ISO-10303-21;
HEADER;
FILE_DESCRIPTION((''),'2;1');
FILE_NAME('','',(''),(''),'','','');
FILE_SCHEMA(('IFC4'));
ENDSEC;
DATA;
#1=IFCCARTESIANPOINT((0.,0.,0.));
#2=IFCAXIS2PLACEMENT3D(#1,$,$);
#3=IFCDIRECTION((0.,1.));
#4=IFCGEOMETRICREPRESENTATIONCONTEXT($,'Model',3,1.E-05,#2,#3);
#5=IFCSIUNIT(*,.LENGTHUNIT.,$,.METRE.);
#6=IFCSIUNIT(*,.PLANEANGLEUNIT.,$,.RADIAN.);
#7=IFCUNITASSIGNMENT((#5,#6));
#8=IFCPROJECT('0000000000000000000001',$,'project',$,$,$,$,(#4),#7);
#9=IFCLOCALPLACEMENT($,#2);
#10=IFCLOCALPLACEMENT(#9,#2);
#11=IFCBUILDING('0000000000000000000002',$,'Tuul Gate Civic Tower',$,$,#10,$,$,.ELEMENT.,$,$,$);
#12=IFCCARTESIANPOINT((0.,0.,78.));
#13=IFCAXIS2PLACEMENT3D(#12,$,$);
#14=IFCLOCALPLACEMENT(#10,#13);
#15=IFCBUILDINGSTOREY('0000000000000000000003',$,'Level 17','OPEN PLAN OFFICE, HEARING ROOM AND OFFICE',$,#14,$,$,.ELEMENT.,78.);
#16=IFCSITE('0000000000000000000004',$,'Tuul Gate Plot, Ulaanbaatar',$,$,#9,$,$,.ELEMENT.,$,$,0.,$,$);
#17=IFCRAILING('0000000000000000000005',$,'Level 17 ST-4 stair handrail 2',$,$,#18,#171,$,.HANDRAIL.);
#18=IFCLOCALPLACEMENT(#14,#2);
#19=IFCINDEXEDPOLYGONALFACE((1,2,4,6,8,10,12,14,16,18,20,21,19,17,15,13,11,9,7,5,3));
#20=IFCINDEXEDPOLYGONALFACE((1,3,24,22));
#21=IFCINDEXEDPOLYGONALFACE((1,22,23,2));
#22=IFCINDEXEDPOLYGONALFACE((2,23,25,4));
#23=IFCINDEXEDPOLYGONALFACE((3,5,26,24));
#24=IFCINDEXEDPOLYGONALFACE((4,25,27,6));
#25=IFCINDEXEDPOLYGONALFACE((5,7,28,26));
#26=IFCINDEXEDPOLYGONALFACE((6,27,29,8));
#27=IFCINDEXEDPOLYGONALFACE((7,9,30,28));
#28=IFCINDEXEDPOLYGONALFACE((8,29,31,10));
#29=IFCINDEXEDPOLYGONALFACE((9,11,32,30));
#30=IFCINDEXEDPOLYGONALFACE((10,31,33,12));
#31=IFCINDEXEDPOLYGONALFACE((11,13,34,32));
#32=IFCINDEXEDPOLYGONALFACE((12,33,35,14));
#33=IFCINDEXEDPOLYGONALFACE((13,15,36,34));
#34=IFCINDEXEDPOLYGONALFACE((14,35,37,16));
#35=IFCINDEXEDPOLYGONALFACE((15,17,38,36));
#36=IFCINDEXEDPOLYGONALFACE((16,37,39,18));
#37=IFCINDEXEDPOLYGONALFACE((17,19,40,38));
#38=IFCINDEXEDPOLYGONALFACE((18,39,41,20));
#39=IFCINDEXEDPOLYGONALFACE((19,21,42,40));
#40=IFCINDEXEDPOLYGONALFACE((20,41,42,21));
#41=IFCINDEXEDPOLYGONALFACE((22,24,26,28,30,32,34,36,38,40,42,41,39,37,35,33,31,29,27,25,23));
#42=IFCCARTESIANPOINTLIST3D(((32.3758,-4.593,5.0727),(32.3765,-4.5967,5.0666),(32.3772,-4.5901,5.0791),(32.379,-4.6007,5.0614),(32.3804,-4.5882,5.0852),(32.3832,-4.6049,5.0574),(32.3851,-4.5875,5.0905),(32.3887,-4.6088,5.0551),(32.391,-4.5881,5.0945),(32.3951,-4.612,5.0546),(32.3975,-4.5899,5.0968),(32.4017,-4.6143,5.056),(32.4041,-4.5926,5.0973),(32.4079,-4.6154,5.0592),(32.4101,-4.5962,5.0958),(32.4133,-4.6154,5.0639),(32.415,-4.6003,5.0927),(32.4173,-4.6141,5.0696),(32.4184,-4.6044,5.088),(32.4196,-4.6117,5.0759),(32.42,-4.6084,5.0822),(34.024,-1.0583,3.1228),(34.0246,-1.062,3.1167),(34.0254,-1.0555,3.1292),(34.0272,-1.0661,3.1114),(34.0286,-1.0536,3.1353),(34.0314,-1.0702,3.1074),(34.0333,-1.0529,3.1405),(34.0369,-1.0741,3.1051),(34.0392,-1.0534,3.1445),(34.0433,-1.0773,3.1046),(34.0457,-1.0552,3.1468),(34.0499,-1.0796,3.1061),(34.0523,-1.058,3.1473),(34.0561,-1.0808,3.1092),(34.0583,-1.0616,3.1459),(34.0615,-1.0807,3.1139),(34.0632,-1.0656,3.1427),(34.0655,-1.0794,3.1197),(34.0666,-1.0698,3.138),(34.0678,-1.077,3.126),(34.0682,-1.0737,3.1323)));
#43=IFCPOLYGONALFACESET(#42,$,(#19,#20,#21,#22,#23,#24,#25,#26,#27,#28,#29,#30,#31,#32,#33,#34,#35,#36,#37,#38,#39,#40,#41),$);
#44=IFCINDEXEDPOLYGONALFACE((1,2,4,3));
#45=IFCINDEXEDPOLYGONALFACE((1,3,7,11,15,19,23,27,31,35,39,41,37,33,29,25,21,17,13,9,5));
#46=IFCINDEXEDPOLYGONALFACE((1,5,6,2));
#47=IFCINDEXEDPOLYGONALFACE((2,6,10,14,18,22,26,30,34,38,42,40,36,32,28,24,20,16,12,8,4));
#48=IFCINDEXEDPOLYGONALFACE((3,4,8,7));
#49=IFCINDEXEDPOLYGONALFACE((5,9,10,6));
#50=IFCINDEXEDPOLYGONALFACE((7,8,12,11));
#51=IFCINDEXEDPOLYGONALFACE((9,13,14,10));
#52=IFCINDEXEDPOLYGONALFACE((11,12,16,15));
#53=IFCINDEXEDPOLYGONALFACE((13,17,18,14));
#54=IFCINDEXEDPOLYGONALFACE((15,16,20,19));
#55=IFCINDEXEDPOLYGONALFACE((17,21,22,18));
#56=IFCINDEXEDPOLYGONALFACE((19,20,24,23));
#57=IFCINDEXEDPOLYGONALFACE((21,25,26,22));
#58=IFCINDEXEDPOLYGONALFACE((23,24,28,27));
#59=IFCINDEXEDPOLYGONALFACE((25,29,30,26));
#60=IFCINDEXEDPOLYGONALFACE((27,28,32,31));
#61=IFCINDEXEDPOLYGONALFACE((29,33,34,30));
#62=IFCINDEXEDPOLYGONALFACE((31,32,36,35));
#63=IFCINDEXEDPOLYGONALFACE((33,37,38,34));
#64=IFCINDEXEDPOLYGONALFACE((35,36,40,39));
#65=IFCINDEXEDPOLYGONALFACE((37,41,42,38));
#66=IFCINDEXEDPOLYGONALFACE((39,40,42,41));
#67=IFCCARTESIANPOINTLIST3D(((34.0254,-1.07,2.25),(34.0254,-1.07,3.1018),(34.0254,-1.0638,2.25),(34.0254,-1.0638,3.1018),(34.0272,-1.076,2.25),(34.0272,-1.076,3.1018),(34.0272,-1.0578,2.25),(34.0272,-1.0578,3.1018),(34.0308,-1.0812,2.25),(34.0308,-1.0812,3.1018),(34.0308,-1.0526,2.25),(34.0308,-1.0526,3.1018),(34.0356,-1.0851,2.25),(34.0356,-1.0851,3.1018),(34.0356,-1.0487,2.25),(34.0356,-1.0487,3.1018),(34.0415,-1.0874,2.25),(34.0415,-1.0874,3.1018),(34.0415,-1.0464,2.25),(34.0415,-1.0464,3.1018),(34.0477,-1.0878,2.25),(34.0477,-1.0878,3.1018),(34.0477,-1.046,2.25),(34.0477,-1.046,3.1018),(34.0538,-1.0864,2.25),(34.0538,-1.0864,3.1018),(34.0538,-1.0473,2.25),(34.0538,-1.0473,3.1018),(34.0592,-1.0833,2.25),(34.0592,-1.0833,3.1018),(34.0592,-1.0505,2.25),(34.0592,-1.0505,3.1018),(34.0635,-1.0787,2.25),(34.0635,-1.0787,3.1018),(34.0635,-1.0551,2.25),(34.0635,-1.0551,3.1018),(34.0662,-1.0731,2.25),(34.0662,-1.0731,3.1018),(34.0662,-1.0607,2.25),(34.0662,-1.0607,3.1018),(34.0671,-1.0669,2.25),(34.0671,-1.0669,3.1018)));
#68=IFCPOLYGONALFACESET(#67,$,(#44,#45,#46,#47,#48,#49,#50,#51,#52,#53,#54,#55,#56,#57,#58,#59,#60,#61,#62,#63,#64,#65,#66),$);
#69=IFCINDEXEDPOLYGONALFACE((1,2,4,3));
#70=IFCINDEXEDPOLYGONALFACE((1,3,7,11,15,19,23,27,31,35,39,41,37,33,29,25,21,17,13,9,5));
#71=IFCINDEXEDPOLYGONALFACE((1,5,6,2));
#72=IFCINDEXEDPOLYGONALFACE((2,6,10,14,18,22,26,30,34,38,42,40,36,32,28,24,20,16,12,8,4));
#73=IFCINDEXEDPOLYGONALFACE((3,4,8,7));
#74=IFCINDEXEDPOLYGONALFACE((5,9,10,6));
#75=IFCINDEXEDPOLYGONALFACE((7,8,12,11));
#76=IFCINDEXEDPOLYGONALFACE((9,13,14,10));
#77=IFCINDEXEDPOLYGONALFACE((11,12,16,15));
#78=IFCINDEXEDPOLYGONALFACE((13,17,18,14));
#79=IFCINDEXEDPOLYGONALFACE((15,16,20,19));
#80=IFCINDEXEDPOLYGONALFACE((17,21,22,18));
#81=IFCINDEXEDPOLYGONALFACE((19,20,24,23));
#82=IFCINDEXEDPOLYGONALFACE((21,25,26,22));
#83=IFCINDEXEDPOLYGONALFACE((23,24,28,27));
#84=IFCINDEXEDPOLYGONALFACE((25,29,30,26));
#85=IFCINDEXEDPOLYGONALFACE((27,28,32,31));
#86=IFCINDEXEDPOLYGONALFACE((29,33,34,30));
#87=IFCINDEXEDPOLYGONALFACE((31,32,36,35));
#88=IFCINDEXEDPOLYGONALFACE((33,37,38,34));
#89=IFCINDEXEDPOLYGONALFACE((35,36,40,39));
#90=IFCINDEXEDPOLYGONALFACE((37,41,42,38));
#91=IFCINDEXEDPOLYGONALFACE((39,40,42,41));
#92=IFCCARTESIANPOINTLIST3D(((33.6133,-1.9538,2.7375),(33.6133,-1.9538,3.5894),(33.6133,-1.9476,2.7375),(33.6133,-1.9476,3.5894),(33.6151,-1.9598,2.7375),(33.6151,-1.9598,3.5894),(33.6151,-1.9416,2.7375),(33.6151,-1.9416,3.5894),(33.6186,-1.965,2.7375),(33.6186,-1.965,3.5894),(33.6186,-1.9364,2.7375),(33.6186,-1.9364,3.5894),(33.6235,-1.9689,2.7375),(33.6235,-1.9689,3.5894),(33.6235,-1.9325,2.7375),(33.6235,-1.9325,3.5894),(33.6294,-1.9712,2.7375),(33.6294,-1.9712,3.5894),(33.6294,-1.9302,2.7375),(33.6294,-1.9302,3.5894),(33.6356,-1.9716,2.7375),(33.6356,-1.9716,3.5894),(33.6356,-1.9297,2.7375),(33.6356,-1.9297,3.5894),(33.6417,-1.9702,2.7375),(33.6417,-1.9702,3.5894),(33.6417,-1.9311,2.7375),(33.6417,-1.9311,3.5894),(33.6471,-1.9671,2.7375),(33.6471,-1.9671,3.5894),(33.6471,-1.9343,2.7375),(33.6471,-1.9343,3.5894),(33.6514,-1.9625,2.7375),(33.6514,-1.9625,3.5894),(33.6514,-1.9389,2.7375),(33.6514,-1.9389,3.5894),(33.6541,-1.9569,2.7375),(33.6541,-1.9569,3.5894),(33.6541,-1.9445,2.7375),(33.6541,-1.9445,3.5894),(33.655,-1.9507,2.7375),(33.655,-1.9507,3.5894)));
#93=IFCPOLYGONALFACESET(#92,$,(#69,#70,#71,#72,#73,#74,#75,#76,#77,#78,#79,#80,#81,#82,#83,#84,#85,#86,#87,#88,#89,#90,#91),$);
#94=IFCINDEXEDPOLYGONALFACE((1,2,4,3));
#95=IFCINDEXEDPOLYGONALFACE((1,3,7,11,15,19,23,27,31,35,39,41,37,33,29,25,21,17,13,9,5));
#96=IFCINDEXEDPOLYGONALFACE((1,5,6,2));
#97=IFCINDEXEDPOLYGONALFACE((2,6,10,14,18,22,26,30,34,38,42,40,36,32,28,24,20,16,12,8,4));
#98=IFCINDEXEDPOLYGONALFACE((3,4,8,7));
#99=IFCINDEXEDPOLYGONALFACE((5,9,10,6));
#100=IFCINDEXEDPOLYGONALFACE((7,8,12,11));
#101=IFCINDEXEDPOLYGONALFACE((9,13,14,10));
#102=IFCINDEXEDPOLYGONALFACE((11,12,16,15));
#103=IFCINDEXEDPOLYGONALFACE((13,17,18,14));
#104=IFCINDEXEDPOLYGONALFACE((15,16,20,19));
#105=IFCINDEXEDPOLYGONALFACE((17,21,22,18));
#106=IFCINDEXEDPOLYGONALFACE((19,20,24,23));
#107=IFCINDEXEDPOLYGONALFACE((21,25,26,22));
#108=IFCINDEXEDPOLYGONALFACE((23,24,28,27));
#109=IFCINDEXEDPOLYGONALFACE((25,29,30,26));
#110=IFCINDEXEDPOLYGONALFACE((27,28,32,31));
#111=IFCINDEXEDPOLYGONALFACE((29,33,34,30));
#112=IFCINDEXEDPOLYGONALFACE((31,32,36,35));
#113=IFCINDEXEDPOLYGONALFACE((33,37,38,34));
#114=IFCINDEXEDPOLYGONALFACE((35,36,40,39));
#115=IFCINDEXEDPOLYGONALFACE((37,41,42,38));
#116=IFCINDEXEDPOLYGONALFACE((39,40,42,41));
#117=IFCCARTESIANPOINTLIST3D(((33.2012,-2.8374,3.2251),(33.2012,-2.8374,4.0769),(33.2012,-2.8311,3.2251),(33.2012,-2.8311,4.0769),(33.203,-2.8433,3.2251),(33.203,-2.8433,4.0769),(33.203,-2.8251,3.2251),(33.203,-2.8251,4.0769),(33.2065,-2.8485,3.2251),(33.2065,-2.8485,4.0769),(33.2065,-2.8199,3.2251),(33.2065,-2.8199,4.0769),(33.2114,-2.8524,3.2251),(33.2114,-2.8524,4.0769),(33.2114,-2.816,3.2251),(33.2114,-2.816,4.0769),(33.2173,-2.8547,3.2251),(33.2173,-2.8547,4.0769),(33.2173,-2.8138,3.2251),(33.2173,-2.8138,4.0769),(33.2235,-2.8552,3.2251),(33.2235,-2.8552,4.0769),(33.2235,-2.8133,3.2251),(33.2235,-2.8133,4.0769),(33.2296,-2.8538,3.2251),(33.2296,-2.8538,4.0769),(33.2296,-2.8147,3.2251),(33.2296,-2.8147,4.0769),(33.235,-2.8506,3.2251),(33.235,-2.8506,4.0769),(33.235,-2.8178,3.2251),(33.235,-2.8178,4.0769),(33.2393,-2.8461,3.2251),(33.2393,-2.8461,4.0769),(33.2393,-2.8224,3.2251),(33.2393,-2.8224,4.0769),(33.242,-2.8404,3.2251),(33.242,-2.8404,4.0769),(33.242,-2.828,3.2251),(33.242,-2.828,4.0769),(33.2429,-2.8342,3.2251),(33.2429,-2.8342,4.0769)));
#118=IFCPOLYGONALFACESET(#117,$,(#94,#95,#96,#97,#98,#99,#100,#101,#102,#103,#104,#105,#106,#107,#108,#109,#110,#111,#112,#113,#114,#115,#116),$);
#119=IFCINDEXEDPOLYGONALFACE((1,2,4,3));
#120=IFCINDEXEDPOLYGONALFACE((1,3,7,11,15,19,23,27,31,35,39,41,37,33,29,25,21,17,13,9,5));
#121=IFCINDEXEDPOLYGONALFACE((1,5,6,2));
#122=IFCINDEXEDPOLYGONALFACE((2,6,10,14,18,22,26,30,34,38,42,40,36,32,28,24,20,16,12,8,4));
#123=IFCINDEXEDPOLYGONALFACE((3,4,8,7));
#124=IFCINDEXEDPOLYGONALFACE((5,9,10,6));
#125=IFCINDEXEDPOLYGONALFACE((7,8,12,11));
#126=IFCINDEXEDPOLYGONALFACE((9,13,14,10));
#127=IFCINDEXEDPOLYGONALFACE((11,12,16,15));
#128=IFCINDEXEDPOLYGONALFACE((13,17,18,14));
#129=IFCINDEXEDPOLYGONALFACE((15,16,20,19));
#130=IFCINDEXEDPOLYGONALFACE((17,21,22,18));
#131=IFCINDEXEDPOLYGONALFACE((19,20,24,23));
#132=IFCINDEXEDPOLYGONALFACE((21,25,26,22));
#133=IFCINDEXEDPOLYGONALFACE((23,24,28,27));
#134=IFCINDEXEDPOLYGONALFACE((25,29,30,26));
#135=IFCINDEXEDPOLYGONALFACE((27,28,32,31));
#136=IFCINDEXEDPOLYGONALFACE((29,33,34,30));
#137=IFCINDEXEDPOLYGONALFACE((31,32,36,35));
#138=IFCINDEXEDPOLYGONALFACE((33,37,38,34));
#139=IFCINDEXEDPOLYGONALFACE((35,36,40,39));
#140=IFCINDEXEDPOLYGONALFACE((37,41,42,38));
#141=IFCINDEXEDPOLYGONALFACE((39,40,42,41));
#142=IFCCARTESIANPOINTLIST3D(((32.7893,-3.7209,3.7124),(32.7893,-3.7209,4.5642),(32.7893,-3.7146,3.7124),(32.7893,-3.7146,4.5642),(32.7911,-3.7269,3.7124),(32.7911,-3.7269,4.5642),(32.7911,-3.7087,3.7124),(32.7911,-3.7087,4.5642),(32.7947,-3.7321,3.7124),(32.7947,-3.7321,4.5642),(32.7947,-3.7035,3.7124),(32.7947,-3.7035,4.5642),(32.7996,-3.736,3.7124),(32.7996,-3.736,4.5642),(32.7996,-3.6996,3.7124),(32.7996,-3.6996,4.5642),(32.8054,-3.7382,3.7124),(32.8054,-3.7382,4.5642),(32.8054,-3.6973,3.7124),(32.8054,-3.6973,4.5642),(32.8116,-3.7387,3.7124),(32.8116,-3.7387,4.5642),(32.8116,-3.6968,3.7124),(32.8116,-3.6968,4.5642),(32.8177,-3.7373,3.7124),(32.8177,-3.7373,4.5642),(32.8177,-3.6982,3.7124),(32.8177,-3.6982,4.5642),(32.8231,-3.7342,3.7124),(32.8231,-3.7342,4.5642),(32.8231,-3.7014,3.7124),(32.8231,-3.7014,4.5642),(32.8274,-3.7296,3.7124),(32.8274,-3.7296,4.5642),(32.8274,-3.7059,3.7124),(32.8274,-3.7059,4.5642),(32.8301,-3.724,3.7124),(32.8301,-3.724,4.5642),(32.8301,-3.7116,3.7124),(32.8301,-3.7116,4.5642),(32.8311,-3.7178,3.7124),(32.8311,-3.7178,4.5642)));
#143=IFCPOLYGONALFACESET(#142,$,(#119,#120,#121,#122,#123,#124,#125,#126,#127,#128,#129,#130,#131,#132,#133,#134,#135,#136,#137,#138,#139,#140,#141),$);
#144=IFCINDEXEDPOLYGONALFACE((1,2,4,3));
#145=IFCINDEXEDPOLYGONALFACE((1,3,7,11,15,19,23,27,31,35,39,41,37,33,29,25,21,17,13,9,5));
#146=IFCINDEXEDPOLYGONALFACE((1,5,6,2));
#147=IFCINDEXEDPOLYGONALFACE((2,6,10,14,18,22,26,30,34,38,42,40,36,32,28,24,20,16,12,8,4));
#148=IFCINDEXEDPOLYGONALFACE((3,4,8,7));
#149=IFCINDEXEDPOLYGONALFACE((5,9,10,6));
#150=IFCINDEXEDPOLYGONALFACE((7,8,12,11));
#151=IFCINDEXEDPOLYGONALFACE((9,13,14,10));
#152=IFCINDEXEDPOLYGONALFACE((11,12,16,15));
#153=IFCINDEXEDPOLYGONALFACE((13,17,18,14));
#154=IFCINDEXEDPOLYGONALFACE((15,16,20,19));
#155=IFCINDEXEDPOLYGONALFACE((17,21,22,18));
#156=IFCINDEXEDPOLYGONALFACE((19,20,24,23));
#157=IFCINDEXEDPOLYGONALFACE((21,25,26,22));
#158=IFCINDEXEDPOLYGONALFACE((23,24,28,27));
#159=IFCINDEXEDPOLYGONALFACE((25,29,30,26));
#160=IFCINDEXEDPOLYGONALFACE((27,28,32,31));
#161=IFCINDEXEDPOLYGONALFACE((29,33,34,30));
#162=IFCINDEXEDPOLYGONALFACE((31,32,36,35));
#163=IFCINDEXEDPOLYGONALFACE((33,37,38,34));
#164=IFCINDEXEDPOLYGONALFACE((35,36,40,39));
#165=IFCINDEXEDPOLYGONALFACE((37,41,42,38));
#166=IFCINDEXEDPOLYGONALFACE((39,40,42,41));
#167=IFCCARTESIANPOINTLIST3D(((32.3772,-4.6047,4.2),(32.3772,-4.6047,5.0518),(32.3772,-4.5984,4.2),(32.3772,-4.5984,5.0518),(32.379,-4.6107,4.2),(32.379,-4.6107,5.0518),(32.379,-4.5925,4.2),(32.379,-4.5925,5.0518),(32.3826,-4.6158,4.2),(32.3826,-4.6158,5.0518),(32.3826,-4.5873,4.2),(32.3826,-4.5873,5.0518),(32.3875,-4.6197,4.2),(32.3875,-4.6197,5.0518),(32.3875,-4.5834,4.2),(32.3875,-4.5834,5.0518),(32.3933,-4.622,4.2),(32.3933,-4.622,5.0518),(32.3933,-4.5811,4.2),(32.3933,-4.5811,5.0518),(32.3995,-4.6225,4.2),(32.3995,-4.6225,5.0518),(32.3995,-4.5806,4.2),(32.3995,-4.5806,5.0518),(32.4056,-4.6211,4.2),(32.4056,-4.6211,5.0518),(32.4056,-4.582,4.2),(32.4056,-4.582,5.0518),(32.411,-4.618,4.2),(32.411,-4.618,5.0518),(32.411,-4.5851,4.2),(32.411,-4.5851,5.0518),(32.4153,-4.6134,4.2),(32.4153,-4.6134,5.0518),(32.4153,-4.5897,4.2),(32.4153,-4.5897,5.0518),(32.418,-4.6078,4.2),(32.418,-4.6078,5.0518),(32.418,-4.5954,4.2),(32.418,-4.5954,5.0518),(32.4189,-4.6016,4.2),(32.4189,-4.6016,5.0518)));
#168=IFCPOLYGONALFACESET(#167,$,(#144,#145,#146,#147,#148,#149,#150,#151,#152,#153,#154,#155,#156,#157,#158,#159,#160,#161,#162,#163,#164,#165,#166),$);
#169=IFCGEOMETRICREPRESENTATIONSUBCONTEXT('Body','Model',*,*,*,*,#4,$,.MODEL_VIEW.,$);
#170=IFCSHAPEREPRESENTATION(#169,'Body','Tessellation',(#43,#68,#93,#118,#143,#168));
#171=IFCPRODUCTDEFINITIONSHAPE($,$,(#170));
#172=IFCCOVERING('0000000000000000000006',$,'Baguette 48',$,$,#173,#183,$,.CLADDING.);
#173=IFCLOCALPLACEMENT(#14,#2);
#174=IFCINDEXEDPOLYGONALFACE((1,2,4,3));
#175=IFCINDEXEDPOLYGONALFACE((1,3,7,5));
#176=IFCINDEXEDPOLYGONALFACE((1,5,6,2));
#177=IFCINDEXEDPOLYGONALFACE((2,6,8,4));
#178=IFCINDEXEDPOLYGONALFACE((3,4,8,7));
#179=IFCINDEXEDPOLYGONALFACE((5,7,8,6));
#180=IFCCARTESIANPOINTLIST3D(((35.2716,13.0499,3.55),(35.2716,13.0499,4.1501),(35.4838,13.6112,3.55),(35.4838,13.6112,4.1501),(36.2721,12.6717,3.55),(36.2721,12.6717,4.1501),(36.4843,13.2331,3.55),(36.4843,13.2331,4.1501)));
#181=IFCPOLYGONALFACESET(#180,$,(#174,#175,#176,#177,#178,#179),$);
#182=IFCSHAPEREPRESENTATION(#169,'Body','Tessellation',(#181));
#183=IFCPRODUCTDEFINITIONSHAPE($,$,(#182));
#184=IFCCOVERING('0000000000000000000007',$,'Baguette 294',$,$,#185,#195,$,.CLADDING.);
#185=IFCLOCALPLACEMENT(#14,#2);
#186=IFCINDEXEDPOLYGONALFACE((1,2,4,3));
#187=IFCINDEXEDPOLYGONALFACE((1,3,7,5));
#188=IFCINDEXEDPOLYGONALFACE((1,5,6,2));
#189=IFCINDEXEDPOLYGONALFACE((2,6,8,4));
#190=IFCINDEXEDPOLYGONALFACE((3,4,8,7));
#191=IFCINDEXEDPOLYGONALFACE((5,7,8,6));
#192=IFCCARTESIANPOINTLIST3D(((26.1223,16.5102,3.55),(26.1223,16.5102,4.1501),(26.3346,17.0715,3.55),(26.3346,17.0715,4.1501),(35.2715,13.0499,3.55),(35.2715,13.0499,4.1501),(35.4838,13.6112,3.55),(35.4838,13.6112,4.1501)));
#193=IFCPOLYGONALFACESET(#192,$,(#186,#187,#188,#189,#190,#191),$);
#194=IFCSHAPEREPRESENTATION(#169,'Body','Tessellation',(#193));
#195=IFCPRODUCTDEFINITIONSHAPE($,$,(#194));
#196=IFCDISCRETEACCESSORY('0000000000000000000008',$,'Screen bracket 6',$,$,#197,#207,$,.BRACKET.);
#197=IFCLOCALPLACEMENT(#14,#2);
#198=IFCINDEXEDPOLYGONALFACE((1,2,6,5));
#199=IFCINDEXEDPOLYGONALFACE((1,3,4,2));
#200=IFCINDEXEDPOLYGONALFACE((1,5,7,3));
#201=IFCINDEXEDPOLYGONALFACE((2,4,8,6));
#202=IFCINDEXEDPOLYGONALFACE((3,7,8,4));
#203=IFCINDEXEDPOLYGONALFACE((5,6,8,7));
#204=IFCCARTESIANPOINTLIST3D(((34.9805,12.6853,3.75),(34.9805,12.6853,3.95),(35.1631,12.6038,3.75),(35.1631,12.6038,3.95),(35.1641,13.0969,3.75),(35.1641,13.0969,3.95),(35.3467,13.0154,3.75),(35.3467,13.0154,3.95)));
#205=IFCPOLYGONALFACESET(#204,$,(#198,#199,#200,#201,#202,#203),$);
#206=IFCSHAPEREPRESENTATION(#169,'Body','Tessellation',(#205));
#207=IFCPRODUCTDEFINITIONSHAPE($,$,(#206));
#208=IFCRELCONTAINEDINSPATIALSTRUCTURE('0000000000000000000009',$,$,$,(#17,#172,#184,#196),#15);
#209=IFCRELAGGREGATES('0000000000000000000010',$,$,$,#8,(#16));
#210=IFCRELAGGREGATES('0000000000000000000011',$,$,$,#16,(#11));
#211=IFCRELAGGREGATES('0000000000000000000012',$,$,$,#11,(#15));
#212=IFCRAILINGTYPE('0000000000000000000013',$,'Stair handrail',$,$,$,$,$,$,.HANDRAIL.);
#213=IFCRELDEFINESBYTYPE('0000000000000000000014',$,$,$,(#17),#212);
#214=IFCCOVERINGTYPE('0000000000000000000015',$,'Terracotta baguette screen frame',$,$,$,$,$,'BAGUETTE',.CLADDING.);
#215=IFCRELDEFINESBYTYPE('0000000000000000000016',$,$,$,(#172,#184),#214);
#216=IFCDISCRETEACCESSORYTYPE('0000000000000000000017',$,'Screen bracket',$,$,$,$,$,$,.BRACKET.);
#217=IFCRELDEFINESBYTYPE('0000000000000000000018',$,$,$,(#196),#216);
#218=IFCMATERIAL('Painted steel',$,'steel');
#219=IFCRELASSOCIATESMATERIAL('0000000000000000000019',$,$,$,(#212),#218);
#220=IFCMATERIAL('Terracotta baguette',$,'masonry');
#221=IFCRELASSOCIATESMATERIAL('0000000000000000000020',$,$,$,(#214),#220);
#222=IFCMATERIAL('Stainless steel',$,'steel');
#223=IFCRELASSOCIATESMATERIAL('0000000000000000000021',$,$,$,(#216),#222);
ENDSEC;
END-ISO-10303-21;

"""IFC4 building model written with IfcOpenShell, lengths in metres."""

from ifc_helpers import new_model, si_unit, direction, frame, origin, origin_2d, place, context, subcontext, project, spatial, rectangle, circle, extrude, material, material_profile, profile_set, type_object, element, save


model = new_model("IFC4")

# Units and contexts
model_context = context("Model", 3, precision=1e-05, world=origin(), true_north=direction((0.0, 1.0)))
body_context = subcontext(model_context, "Body", "Model", "MODEL_VIEW")
ifc_project = project(units=[si_unit("LENGTHUNIT", "METRE"), si_unit("PLANEANGLEUNIT", "RADIAN")], contexts=[model_context])

# Site, building, storey
site_placement = place(None, origin())
site = spatial("IfcSite", under=ifc_project, at=site_placement, Name="Tuul Gate Plot, Ulaanbaatar", CompositionType="ELEMENT", RefElevation=0.0)
building_placement = place(site_placement, origin())
building = spatial("IfcBuilding", under=site, at=building_placement, Name="Tuul Gate Civic Tower", CompositionType="ELEMENT")
storey_placement = place(building_placement, frame((0.0, 0.0, 78.0)))
storey = spatial("IfcBuildingStorey", under=building, at=storey_placement, Name="Level 17", Description="OPEN PLAN OFFICE, HEARING ROOM AND OFFICE", CompositionType="ELEMENT", Elevation=78.0)

# Railing
ifc_material_1 = material(Name="Painted steel", Category="steel")
railing_type_1 = type_object("IfcRailingType", Name="Stair handrail", PredefinedType="HANDRAIL", material=ifc_material_1)
railing_1_placement = place(storey_placement, frame((34.0461, -1.0669, 2.25)))
element("IfcRailing", 1, at=railing_1_placement, inside=storey, type_object=railing_type_1, Name="Level 17 ST-4 stair handrail 2", PredefinedType="HANDRAIL", context=body_context, shape_type="SweptSolid", body=[
    extrude(circle(Radius=0.0239, at=origin_2d()), frame((0.0, 0.0, 0.876), z_axis=(-0.377995, -0.810637, 0.4472), x_axis=(0.906313, -0.422608, 0.0)), (0.0, 0.0, 1.0), 4.3604),
    extrude(circle(Radius=0.021, at=origin_2d()), origin(), (0.0, 0.0, 1.0), 0.8518),
    extrude(circle(Radius=0.021, at=origin_2d()), frame((-0.4121, -0.8838, 0.4875)), (0.0, 0.0, 1.0), 0.8518),
    extrude(circle(Radius=0.021, at=origin_2d()), frame((-0.8242, -1.7673, 0.9751)), (0.0, 0.0, 1.0), 0.8518),
    extrude(circle(Radius=0.021, at=origin_2d()), frame((-1.2361, -2.6509, 1.4624)), (0.0, 0.0, 1.0), 0.8518),
    extrude(circle(Radius=0.021, at=origin_2d()), frame((-1.6482, -3.5347, 1.95)), (0.0, 0.0, 1.0), 0.8518),
])

# Coverings
ifc_material_2 = material(Name="Terracotta baguette", Category="masonry")
ifc_material_profile_1 = material_profile(ifc_material_2, rectangle(XDim=0.6001, YDim=0.6001, at=origin_2d()), Name="Terracotta baguette screen frame")
ifc_profile_set_1 = profile_set([ifc_material_profile_1], Name="Terracotta baguette")
covering_type = type_object("IfcCoveringType", Name="Terracotta baguette screen frame", ElementType="BAGUETTE", PredefinedType="CLADDING", material=ifc_profile_set_1)
covering_1_placement = place(storey_placement, frame((36.3782, 12.9524, 3.8501), z_axis=(-0.935407, 0.353574, 0.0), x_axis=(-0.353574, -0.935407, 0.0)))
element("IfcCovering", 2, at=covering_1_placement, inside=storey, type_object=covering_type, Name="Baguette 48", PredefinedType="CLADDING", context=body_context, shape_type="SweptSolid", body=[
    extrude(rectangle(XDim=0.6001, YDim=0.6001, at=origin_2d()), origin(), (0.0, 0.0, 1.0), 1.0696),
])
covering_2_placement = place(storey_placement, frame((35.3777, 13.3306, 3.8501), z_axis=(-0.935342, 0.353745, 0.0), x_axis=(-0.353745, -0.935342, 0.0)))
element("IfcCovering", 3, at=covering_2_placement, inside=storey, type_object=covering_type, Name="Baguette 294", PredefinedType="CLADDING", context=body_context, shape_type="SweptSolid", body=[
    extrude(rectangle(XDim=0.6001, YDim=0.6001, at=origin_2d()), origin(), (0.0, 0.0, 1.0), 9.7817),
])

# Discrete accessory
ifc_material_3 = material(Name="Stainless steel", Category="steel")
discrete_accessory_type = type_object("IfcDiscreteAccessoryType", Name="Screen bracket", PredefinedType="BRACKET", material=ifc_material_3)
discrete_accessory_placement = place(storey_placement, frame((35.1636, 12.8503, 3.75), z_axis=(0.0, 0.0, 1.0), x_axis=(0.407436, 0.913234, 0.0)))
element("IfcDiscreteAccessory", 4, at=discrete_accessory_placement, inside=storey, type_object=discrete_accessory_type, Name="Screen bracket 6", PredefinedType="BRACKET", context=body_context, shape_type="SweptSolid", body=[
    extrude(rectangle(XDim=0.4507, YDim=0.2, at=origin_2d()), origin(), (0.0, 0.0, 1.0), 0.2),
])

save(model, "model.ifc")
